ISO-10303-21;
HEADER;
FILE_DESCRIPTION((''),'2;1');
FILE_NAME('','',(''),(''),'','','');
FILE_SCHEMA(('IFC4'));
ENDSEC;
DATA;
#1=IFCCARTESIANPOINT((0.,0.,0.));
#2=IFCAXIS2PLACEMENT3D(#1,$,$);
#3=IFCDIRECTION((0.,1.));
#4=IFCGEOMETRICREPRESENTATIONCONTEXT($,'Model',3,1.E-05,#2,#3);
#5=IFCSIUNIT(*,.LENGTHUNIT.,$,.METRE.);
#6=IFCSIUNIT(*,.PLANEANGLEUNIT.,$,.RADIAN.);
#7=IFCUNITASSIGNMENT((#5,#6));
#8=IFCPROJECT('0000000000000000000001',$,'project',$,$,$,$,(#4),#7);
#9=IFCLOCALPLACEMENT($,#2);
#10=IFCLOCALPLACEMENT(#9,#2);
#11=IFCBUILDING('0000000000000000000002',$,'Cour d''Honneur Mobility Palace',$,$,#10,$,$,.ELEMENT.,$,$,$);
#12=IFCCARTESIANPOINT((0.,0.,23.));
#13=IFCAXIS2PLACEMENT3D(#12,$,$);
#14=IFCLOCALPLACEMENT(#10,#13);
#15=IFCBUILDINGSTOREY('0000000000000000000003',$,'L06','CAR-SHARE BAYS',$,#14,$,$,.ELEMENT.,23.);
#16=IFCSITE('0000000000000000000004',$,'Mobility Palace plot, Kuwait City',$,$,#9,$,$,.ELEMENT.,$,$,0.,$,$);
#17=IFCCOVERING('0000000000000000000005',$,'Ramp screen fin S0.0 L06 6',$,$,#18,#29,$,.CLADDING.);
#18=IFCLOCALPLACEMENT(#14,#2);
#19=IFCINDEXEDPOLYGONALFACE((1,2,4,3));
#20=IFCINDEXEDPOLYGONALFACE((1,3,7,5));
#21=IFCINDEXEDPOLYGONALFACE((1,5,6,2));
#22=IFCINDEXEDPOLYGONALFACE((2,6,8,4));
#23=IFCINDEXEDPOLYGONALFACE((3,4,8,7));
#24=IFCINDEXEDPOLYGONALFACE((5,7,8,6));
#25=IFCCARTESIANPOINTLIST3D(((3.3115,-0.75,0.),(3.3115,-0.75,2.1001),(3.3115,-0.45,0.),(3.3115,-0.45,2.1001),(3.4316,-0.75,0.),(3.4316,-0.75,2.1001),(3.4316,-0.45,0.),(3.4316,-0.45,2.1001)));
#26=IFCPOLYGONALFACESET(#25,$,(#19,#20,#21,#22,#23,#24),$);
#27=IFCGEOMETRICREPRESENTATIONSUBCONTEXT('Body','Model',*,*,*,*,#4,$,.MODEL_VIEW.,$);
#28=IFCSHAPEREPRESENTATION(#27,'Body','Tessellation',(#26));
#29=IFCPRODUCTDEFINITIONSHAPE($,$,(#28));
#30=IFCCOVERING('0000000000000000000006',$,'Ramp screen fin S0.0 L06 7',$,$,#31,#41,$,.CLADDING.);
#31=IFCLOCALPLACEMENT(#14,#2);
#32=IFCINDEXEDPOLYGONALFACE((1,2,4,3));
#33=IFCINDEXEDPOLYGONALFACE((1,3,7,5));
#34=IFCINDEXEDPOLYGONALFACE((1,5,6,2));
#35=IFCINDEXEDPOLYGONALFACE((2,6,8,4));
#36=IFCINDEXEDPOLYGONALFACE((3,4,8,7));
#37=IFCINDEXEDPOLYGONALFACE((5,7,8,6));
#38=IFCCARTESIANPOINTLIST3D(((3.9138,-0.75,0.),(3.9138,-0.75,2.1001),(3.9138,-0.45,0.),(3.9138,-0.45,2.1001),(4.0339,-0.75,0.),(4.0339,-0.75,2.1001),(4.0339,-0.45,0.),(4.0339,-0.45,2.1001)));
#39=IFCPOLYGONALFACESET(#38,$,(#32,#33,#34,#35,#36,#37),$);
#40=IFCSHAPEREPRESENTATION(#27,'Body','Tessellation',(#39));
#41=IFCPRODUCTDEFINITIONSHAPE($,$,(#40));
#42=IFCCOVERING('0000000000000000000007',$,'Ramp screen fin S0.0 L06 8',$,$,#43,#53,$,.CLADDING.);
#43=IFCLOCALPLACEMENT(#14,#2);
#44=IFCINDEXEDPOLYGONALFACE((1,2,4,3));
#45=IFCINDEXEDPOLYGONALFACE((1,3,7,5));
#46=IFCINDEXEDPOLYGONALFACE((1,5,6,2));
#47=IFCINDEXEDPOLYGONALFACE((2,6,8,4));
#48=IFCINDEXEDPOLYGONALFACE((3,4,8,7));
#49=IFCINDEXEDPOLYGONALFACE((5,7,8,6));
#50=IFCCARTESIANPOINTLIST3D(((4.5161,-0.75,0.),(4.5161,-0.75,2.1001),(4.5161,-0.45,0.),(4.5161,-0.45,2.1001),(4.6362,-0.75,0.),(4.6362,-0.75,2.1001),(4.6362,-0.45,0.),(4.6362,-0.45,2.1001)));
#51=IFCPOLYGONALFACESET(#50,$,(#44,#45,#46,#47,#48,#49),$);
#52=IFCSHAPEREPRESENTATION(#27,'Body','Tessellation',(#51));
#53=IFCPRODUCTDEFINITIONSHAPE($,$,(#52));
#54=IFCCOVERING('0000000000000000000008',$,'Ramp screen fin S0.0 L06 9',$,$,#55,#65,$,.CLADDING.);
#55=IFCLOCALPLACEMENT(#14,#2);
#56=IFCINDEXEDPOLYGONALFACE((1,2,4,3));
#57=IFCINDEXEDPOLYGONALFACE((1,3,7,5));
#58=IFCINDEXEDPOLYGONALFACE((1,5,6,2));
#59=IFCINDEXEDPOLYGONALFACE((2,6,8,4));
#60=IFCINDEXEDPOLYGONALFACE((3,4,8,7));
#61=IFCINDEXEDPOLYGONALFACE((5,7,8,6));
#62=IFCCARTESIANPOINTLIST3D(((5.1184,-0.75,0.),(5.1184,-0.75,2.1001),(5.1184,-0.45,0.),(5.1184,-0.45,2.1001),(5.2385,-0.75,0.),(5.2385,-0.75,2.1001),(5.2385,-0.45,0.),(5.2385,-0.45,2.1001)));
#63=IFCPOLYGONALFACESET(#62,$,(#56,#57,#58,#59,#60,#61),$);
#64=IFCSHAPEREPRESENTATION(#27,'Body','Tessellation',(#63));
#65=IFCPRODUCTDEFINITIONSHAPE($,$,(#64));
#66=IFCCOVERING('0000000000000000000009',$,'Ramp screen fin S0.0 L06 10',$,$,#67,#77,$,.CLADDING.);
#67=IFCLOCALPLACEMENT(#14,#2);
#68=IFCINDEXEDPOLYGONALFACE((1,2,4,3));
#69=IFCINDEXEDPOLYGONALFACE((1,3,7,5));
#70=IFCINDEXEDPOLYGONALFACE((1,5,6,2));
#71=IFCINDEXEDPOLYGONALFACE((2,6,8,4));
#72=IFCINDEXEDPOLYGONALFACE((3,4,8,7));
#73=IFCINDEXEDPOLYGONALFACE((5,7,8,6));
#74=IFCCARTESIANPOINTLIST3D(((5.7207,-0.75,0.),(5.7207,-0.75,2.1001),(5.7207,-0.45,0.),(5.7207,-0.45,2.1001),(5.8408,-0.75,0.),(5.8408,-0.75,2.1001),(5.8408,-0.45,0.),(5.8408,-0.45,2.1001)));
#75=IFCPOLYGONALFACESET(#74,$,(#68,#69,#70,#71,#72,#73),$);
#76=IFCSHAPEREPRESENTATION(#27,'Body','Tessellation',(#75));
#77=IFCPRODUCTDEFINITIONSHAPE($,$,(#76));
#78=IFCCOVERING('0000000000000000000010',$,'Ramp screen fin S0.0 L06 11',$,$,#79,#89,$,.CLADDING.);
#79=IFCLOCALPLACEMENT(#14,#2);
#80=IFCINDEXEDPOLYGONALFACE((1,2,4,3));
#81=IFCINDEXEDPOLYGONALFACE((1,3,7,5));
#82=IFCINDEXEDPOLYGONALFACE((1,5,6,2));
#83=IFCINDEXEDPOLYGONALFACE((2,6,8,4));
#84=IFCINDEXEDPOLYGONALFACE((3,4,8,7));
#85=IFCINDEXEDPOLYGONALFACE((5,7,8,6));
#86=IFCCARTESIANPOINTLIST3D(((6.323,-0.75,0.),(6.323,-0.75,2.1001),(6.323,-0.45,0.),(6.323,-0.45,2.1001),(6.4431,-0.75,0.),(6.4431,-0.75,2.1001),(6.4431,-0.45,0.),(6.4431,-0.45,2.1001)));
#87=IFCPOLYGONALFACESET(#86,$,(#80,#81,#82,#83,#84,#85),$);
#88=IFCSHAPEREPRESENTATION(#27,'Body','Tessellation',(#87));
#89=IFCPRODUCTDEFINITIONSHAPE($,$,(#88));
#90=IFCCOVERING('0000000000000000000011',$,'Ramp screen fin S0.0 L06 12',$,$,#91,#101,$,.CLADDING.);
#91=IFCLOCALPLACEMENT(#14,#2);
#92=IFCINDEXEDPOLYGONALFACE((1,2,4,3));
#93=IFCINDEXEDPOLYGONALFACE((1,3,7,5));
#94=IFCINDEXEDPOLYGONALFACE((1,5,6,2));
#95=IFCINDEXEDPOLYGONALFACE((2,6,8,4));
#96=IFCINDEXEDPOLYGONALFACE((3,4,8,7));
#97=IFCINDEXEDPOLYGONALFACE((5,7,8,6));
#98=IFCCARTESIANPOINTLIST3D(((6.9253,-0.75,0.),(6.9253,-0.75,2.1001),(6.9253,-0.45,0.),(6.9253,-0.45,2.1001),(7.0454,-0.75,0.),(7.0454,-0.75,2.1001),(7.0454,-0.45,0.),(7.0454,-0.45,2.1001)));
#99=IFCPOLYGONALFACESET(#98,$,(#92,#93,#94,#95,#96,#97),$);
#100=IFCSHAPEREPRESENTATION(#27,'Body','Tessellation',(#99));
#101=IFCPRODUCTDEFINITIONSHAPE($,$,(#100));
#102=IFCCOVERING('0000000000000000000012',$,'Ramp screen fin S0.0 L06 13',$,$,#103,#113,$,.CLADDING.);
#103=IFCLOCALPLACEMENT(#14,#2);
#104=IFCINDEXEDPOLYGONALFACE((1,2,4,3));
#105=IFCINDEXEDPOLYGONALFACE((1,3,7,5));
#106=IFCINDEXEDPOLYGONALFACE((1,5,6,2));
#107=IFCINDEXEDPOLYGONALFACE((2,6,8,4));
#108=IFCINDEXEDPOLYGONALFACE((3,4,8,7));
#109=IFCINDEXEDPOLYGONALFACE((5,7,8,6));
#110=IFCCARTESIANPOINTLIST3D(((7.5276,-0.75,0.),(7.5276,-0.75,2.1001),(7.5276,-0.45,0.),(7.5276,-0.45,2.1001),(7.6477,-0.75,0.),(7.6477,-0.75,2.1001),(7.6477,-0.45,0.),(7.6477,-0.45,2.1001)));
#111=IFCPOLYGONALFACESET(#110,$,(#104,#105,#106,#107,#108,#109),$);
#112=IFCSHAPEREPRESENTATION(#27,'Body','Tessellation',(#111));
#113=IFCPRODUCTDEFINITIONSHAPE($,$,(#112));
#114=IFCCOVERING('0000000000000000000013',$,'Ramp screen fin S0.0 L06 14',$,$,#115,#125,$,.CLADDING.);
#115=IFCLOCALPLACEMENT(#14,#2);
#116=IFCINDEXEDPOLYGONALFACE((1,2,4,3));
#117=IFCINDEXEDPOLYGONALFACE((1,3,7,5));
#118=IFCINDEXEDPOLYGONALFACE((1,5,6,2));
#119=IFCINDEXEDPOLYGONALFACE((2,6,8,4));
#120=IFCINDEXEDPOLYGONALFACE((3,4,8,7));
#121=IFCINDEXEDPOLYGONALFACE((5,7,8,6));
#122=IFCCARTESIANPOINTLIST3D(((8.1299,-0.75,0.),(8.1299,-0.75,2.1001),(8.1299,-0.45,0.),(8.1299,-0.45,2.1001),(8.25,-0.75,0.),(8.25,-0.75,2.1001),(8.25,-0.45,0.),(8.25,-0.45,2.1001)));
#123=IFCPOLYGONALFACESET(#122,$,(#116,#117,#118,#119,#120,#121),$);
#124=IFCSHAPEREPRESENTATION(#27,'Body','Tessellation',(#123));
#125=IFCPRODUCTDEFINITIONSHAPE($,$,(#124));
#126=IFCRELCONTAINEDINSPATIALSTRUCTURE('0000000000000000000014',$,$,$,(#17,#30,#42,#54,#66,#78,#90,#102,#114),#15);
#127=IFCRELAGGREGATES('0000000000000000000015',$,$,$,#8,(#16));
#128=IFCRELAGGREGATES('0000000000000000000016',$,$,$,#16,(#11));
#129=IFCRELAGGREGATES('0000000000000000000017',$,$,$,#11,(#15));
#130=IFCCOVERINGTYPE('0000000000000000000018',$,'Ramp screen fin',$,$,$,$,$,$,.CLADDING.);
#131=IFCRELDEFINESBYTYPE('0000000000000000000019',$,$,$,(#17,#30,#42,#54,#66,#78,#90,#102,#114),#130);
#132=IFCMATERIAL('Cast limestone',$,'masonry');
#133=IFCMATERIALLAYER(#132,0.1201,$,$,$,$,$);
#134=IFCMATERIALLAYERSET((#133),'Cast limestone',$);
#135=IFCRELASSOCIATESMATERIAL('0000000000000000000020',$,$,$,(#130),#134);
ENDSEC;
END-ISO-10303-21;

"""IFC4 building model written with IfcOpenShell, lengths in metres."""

from ifc_helpers import new_model, si_unit, direction, frame, origin, place, context, subcontext, project, spatial, polyline, outline, extrude, material, layer, layer_set, type_object, element, save


model = new_model("IFC4")

# Units and contexts
model_context = context("Model", 3, precision=1e-05, world=origin(), true_north=direction((0.0, 1.0)))
body_context = subcontext(model_context, "Body", "Model", "MODEL_VIEW")
ifc_project = project(units=[si_unit("LENGTHUNIT", "METRE"), si_unit("PLANEANGLEUNIT", "RADIAN")], contexts=[model_context])

# Site, building, storey
site_placement = place(None, origin())
site = spatial("IfcSite", under=ifc_project, at=site_placement, Name="Mobility Palace plot, Kuwait City", CompositionType="ELEMENT", RefElevation=0.0)
building_placement = place(site_placement, origin())
building = spatial("IfcBuilding", under=site, at=building_placement, Name="Cour d'Honneur Mobility Palace", CompositionType="ELEMENT")
storey_placement = place(building_placement, frame((0.0, 0.0, 23.0)))
storey = spatial("IfcBuildingStorey", under=building, at=storey_placement, Name="L06", Description="CAR-SHARE BAYS", CompositionType="ELEMENT", Elevation=23.0)

# Coverings
ifc_material = material(Name="Cast limestone", Category="masonry")
ifc_layer = layer(ifc_material, 0.1201)
ifc_layer_set = layer_set([ifc_layer], Name="Cast limestone")
covering_type = type_object("IfcCoveringType", Name="Ramp screen fin", PredefinedType="CLADDING", material=ifc_layer_set)
covering_1_placement = place(storey_placement, origin())
element("IfcCovering", 1, at=covering_1_placement, inside=storey, type_object=covering_type, Name="Ramp screen fin S0.0 L06 6", PredefinedType="CLADDING", context=body_context, shape_type="SweptSolid", body=[
    extrude(outline(polyline([(3.3115, -0.45), (3.4316, -0.45), (3.4316, -0.75), (3.3115, -0.75), (3.3115, -0.45)])), origin(), (0.0, 0.0, 1.0), 2.1001),
])
covering_2_placement = place(storey_placement, origin())
element("IfcCovering", 2, at=covering_2_placement, inside=storey, type_object=covering_type, Name="Ramp screen fin S0.0 L06 7", PredefinedType="CLADDING", context=body_context, shape_type="SweptSolid", body=[
    extrude(outline(polyline([(3.9138, -0.45), (4.0339, -0.45), (4.0339, -0.75), (3.9138, -0.75), (3.9138, -0.45)])), origin(), (0.0, 0.0, 1.0), 2.1001),
])
covering_3_placement = place(storey_placement, origin())
element("IfcCovering", 3, at=covering_3_placement, inside=storey, type_object=covering_type, Name="Ramp screen fin S0.0 L06 8", PredefinedType="CLADDING", context=body_context, shape_type="SweptSolid", body=[
    extrude(outline(polyline([(4.5161, -0.45), (4.6362, -0.45), (4.6362, -0.75), (4.5161, -0.75), (4.5161, -0.45)])), origin(), (0.0, 0.0, 1.0), 2.1001),
])
covering_4_placement = place(storey_placement, origin())
element("IfcCovering", 4, at=covering_4_placement, inside=storey, type_object=covering_type, Name="Ramp screen fin S0.0 L06 9", PredefinedType="CLADDING", context=body_context, shape_type="SweptSolid", body=[
    extrude(outline(polyline([(5.1184, -0.45), (5.2385, -0.45), (5.2385, -0.75), (5.1184, -0.75), (5.1184, -0.45)])), origin(), (0.0, 0.0, 1.0), 2.1001),
])
covering_5_placement = place(storey_placement, origin())
element("IfcCovering", 5, at=covering_5_placement, inside=storey, type_object=covering_type, Name="Ramp screen fin S0.0 L06 10", PredefinedType="CLADDING", context=body_context, shape_type="SweptSolid", body=[
    extrude(outline(polyline([(5.7207, -0.45), (5.8408, -0.45), (5.8408, -0.75), (5.7207, -0.75), (5.7207, -0.45)])), origin(), (0.0, 0.0, 1.0), 2.1001),
])
covering_6_placement = place(storey_placement, origin())
element("IfcCovering", 6, at=covering_6_placement, inside=storey, type_object=covering_type, Name="Ramp screen fin S0.0 L06 11", PredefinedType="CLADDING", context=body_context, shape_type="SweptSolid", body=[
    extrude(outline(polyline([(6.323, -0.45), (6.4431, -0.45), (6.4431, -0.75), (6.323, -0.75), (6.323, -0.45)])), origin(), (0.0, 0.0, 1.0), 2.1001),
])
covering_7_placement = place(storey_placement, origin())
element("IfcCovering", 7, at=covering_7_placement, inside=storey, type_object=covering_type, Name="Ramp screen fin S0.0 L06 12", PredefinedType="CLADDING", context=body_context, shape_type="SweptSolid", body=[
    extrude(outline(polyline([(6.9253, -0.45), (7.0454, -0.45), (7.0454, -0.75), (6.9253, -0.75), (6.9253, -0.45)])), origin(), (0.0, 0.0, 1.0), 2.1001),
])
covering_8_placement = place(storey_placement, origin())
element("IfcCovering", 8, at=covering_8_placement, inside=storey, type_object=covering_type, Name="Ramp screen fin S0.0 L06 13", PredefinedType="CLADDING", context=body_context, shape_type="SweptSolid", body=[
    extrude(outline(polyline([(7.5276, -0.45), (7.6477, -0.45), (7.6477, -0.75), (7.5276, -0.75), (7.5276, -0.45)])), origin(), (0.0, 0.0, 1.0), 2.1001),
])
covering_9_placement = place(storey_placement, origin())
element("IfcCovering", 9, at=covering_9_placement, inside=storey, type_object=covering_type, Name="Ramp screen fin S0.0 L06 14", PredefinedType="CLADDING", context=body_context, shape_type="SweptSolid", body=[
    extrude(outline(polyline([(8.1299, -0.45), (8.25, -0.45), (8.25, -0.75), (8.1299, -0.75), (8.1299, -0.45)])), origin(), (0.0, 0.0, 1.0), 2.1001),
])

save(model, "model.ifc")
